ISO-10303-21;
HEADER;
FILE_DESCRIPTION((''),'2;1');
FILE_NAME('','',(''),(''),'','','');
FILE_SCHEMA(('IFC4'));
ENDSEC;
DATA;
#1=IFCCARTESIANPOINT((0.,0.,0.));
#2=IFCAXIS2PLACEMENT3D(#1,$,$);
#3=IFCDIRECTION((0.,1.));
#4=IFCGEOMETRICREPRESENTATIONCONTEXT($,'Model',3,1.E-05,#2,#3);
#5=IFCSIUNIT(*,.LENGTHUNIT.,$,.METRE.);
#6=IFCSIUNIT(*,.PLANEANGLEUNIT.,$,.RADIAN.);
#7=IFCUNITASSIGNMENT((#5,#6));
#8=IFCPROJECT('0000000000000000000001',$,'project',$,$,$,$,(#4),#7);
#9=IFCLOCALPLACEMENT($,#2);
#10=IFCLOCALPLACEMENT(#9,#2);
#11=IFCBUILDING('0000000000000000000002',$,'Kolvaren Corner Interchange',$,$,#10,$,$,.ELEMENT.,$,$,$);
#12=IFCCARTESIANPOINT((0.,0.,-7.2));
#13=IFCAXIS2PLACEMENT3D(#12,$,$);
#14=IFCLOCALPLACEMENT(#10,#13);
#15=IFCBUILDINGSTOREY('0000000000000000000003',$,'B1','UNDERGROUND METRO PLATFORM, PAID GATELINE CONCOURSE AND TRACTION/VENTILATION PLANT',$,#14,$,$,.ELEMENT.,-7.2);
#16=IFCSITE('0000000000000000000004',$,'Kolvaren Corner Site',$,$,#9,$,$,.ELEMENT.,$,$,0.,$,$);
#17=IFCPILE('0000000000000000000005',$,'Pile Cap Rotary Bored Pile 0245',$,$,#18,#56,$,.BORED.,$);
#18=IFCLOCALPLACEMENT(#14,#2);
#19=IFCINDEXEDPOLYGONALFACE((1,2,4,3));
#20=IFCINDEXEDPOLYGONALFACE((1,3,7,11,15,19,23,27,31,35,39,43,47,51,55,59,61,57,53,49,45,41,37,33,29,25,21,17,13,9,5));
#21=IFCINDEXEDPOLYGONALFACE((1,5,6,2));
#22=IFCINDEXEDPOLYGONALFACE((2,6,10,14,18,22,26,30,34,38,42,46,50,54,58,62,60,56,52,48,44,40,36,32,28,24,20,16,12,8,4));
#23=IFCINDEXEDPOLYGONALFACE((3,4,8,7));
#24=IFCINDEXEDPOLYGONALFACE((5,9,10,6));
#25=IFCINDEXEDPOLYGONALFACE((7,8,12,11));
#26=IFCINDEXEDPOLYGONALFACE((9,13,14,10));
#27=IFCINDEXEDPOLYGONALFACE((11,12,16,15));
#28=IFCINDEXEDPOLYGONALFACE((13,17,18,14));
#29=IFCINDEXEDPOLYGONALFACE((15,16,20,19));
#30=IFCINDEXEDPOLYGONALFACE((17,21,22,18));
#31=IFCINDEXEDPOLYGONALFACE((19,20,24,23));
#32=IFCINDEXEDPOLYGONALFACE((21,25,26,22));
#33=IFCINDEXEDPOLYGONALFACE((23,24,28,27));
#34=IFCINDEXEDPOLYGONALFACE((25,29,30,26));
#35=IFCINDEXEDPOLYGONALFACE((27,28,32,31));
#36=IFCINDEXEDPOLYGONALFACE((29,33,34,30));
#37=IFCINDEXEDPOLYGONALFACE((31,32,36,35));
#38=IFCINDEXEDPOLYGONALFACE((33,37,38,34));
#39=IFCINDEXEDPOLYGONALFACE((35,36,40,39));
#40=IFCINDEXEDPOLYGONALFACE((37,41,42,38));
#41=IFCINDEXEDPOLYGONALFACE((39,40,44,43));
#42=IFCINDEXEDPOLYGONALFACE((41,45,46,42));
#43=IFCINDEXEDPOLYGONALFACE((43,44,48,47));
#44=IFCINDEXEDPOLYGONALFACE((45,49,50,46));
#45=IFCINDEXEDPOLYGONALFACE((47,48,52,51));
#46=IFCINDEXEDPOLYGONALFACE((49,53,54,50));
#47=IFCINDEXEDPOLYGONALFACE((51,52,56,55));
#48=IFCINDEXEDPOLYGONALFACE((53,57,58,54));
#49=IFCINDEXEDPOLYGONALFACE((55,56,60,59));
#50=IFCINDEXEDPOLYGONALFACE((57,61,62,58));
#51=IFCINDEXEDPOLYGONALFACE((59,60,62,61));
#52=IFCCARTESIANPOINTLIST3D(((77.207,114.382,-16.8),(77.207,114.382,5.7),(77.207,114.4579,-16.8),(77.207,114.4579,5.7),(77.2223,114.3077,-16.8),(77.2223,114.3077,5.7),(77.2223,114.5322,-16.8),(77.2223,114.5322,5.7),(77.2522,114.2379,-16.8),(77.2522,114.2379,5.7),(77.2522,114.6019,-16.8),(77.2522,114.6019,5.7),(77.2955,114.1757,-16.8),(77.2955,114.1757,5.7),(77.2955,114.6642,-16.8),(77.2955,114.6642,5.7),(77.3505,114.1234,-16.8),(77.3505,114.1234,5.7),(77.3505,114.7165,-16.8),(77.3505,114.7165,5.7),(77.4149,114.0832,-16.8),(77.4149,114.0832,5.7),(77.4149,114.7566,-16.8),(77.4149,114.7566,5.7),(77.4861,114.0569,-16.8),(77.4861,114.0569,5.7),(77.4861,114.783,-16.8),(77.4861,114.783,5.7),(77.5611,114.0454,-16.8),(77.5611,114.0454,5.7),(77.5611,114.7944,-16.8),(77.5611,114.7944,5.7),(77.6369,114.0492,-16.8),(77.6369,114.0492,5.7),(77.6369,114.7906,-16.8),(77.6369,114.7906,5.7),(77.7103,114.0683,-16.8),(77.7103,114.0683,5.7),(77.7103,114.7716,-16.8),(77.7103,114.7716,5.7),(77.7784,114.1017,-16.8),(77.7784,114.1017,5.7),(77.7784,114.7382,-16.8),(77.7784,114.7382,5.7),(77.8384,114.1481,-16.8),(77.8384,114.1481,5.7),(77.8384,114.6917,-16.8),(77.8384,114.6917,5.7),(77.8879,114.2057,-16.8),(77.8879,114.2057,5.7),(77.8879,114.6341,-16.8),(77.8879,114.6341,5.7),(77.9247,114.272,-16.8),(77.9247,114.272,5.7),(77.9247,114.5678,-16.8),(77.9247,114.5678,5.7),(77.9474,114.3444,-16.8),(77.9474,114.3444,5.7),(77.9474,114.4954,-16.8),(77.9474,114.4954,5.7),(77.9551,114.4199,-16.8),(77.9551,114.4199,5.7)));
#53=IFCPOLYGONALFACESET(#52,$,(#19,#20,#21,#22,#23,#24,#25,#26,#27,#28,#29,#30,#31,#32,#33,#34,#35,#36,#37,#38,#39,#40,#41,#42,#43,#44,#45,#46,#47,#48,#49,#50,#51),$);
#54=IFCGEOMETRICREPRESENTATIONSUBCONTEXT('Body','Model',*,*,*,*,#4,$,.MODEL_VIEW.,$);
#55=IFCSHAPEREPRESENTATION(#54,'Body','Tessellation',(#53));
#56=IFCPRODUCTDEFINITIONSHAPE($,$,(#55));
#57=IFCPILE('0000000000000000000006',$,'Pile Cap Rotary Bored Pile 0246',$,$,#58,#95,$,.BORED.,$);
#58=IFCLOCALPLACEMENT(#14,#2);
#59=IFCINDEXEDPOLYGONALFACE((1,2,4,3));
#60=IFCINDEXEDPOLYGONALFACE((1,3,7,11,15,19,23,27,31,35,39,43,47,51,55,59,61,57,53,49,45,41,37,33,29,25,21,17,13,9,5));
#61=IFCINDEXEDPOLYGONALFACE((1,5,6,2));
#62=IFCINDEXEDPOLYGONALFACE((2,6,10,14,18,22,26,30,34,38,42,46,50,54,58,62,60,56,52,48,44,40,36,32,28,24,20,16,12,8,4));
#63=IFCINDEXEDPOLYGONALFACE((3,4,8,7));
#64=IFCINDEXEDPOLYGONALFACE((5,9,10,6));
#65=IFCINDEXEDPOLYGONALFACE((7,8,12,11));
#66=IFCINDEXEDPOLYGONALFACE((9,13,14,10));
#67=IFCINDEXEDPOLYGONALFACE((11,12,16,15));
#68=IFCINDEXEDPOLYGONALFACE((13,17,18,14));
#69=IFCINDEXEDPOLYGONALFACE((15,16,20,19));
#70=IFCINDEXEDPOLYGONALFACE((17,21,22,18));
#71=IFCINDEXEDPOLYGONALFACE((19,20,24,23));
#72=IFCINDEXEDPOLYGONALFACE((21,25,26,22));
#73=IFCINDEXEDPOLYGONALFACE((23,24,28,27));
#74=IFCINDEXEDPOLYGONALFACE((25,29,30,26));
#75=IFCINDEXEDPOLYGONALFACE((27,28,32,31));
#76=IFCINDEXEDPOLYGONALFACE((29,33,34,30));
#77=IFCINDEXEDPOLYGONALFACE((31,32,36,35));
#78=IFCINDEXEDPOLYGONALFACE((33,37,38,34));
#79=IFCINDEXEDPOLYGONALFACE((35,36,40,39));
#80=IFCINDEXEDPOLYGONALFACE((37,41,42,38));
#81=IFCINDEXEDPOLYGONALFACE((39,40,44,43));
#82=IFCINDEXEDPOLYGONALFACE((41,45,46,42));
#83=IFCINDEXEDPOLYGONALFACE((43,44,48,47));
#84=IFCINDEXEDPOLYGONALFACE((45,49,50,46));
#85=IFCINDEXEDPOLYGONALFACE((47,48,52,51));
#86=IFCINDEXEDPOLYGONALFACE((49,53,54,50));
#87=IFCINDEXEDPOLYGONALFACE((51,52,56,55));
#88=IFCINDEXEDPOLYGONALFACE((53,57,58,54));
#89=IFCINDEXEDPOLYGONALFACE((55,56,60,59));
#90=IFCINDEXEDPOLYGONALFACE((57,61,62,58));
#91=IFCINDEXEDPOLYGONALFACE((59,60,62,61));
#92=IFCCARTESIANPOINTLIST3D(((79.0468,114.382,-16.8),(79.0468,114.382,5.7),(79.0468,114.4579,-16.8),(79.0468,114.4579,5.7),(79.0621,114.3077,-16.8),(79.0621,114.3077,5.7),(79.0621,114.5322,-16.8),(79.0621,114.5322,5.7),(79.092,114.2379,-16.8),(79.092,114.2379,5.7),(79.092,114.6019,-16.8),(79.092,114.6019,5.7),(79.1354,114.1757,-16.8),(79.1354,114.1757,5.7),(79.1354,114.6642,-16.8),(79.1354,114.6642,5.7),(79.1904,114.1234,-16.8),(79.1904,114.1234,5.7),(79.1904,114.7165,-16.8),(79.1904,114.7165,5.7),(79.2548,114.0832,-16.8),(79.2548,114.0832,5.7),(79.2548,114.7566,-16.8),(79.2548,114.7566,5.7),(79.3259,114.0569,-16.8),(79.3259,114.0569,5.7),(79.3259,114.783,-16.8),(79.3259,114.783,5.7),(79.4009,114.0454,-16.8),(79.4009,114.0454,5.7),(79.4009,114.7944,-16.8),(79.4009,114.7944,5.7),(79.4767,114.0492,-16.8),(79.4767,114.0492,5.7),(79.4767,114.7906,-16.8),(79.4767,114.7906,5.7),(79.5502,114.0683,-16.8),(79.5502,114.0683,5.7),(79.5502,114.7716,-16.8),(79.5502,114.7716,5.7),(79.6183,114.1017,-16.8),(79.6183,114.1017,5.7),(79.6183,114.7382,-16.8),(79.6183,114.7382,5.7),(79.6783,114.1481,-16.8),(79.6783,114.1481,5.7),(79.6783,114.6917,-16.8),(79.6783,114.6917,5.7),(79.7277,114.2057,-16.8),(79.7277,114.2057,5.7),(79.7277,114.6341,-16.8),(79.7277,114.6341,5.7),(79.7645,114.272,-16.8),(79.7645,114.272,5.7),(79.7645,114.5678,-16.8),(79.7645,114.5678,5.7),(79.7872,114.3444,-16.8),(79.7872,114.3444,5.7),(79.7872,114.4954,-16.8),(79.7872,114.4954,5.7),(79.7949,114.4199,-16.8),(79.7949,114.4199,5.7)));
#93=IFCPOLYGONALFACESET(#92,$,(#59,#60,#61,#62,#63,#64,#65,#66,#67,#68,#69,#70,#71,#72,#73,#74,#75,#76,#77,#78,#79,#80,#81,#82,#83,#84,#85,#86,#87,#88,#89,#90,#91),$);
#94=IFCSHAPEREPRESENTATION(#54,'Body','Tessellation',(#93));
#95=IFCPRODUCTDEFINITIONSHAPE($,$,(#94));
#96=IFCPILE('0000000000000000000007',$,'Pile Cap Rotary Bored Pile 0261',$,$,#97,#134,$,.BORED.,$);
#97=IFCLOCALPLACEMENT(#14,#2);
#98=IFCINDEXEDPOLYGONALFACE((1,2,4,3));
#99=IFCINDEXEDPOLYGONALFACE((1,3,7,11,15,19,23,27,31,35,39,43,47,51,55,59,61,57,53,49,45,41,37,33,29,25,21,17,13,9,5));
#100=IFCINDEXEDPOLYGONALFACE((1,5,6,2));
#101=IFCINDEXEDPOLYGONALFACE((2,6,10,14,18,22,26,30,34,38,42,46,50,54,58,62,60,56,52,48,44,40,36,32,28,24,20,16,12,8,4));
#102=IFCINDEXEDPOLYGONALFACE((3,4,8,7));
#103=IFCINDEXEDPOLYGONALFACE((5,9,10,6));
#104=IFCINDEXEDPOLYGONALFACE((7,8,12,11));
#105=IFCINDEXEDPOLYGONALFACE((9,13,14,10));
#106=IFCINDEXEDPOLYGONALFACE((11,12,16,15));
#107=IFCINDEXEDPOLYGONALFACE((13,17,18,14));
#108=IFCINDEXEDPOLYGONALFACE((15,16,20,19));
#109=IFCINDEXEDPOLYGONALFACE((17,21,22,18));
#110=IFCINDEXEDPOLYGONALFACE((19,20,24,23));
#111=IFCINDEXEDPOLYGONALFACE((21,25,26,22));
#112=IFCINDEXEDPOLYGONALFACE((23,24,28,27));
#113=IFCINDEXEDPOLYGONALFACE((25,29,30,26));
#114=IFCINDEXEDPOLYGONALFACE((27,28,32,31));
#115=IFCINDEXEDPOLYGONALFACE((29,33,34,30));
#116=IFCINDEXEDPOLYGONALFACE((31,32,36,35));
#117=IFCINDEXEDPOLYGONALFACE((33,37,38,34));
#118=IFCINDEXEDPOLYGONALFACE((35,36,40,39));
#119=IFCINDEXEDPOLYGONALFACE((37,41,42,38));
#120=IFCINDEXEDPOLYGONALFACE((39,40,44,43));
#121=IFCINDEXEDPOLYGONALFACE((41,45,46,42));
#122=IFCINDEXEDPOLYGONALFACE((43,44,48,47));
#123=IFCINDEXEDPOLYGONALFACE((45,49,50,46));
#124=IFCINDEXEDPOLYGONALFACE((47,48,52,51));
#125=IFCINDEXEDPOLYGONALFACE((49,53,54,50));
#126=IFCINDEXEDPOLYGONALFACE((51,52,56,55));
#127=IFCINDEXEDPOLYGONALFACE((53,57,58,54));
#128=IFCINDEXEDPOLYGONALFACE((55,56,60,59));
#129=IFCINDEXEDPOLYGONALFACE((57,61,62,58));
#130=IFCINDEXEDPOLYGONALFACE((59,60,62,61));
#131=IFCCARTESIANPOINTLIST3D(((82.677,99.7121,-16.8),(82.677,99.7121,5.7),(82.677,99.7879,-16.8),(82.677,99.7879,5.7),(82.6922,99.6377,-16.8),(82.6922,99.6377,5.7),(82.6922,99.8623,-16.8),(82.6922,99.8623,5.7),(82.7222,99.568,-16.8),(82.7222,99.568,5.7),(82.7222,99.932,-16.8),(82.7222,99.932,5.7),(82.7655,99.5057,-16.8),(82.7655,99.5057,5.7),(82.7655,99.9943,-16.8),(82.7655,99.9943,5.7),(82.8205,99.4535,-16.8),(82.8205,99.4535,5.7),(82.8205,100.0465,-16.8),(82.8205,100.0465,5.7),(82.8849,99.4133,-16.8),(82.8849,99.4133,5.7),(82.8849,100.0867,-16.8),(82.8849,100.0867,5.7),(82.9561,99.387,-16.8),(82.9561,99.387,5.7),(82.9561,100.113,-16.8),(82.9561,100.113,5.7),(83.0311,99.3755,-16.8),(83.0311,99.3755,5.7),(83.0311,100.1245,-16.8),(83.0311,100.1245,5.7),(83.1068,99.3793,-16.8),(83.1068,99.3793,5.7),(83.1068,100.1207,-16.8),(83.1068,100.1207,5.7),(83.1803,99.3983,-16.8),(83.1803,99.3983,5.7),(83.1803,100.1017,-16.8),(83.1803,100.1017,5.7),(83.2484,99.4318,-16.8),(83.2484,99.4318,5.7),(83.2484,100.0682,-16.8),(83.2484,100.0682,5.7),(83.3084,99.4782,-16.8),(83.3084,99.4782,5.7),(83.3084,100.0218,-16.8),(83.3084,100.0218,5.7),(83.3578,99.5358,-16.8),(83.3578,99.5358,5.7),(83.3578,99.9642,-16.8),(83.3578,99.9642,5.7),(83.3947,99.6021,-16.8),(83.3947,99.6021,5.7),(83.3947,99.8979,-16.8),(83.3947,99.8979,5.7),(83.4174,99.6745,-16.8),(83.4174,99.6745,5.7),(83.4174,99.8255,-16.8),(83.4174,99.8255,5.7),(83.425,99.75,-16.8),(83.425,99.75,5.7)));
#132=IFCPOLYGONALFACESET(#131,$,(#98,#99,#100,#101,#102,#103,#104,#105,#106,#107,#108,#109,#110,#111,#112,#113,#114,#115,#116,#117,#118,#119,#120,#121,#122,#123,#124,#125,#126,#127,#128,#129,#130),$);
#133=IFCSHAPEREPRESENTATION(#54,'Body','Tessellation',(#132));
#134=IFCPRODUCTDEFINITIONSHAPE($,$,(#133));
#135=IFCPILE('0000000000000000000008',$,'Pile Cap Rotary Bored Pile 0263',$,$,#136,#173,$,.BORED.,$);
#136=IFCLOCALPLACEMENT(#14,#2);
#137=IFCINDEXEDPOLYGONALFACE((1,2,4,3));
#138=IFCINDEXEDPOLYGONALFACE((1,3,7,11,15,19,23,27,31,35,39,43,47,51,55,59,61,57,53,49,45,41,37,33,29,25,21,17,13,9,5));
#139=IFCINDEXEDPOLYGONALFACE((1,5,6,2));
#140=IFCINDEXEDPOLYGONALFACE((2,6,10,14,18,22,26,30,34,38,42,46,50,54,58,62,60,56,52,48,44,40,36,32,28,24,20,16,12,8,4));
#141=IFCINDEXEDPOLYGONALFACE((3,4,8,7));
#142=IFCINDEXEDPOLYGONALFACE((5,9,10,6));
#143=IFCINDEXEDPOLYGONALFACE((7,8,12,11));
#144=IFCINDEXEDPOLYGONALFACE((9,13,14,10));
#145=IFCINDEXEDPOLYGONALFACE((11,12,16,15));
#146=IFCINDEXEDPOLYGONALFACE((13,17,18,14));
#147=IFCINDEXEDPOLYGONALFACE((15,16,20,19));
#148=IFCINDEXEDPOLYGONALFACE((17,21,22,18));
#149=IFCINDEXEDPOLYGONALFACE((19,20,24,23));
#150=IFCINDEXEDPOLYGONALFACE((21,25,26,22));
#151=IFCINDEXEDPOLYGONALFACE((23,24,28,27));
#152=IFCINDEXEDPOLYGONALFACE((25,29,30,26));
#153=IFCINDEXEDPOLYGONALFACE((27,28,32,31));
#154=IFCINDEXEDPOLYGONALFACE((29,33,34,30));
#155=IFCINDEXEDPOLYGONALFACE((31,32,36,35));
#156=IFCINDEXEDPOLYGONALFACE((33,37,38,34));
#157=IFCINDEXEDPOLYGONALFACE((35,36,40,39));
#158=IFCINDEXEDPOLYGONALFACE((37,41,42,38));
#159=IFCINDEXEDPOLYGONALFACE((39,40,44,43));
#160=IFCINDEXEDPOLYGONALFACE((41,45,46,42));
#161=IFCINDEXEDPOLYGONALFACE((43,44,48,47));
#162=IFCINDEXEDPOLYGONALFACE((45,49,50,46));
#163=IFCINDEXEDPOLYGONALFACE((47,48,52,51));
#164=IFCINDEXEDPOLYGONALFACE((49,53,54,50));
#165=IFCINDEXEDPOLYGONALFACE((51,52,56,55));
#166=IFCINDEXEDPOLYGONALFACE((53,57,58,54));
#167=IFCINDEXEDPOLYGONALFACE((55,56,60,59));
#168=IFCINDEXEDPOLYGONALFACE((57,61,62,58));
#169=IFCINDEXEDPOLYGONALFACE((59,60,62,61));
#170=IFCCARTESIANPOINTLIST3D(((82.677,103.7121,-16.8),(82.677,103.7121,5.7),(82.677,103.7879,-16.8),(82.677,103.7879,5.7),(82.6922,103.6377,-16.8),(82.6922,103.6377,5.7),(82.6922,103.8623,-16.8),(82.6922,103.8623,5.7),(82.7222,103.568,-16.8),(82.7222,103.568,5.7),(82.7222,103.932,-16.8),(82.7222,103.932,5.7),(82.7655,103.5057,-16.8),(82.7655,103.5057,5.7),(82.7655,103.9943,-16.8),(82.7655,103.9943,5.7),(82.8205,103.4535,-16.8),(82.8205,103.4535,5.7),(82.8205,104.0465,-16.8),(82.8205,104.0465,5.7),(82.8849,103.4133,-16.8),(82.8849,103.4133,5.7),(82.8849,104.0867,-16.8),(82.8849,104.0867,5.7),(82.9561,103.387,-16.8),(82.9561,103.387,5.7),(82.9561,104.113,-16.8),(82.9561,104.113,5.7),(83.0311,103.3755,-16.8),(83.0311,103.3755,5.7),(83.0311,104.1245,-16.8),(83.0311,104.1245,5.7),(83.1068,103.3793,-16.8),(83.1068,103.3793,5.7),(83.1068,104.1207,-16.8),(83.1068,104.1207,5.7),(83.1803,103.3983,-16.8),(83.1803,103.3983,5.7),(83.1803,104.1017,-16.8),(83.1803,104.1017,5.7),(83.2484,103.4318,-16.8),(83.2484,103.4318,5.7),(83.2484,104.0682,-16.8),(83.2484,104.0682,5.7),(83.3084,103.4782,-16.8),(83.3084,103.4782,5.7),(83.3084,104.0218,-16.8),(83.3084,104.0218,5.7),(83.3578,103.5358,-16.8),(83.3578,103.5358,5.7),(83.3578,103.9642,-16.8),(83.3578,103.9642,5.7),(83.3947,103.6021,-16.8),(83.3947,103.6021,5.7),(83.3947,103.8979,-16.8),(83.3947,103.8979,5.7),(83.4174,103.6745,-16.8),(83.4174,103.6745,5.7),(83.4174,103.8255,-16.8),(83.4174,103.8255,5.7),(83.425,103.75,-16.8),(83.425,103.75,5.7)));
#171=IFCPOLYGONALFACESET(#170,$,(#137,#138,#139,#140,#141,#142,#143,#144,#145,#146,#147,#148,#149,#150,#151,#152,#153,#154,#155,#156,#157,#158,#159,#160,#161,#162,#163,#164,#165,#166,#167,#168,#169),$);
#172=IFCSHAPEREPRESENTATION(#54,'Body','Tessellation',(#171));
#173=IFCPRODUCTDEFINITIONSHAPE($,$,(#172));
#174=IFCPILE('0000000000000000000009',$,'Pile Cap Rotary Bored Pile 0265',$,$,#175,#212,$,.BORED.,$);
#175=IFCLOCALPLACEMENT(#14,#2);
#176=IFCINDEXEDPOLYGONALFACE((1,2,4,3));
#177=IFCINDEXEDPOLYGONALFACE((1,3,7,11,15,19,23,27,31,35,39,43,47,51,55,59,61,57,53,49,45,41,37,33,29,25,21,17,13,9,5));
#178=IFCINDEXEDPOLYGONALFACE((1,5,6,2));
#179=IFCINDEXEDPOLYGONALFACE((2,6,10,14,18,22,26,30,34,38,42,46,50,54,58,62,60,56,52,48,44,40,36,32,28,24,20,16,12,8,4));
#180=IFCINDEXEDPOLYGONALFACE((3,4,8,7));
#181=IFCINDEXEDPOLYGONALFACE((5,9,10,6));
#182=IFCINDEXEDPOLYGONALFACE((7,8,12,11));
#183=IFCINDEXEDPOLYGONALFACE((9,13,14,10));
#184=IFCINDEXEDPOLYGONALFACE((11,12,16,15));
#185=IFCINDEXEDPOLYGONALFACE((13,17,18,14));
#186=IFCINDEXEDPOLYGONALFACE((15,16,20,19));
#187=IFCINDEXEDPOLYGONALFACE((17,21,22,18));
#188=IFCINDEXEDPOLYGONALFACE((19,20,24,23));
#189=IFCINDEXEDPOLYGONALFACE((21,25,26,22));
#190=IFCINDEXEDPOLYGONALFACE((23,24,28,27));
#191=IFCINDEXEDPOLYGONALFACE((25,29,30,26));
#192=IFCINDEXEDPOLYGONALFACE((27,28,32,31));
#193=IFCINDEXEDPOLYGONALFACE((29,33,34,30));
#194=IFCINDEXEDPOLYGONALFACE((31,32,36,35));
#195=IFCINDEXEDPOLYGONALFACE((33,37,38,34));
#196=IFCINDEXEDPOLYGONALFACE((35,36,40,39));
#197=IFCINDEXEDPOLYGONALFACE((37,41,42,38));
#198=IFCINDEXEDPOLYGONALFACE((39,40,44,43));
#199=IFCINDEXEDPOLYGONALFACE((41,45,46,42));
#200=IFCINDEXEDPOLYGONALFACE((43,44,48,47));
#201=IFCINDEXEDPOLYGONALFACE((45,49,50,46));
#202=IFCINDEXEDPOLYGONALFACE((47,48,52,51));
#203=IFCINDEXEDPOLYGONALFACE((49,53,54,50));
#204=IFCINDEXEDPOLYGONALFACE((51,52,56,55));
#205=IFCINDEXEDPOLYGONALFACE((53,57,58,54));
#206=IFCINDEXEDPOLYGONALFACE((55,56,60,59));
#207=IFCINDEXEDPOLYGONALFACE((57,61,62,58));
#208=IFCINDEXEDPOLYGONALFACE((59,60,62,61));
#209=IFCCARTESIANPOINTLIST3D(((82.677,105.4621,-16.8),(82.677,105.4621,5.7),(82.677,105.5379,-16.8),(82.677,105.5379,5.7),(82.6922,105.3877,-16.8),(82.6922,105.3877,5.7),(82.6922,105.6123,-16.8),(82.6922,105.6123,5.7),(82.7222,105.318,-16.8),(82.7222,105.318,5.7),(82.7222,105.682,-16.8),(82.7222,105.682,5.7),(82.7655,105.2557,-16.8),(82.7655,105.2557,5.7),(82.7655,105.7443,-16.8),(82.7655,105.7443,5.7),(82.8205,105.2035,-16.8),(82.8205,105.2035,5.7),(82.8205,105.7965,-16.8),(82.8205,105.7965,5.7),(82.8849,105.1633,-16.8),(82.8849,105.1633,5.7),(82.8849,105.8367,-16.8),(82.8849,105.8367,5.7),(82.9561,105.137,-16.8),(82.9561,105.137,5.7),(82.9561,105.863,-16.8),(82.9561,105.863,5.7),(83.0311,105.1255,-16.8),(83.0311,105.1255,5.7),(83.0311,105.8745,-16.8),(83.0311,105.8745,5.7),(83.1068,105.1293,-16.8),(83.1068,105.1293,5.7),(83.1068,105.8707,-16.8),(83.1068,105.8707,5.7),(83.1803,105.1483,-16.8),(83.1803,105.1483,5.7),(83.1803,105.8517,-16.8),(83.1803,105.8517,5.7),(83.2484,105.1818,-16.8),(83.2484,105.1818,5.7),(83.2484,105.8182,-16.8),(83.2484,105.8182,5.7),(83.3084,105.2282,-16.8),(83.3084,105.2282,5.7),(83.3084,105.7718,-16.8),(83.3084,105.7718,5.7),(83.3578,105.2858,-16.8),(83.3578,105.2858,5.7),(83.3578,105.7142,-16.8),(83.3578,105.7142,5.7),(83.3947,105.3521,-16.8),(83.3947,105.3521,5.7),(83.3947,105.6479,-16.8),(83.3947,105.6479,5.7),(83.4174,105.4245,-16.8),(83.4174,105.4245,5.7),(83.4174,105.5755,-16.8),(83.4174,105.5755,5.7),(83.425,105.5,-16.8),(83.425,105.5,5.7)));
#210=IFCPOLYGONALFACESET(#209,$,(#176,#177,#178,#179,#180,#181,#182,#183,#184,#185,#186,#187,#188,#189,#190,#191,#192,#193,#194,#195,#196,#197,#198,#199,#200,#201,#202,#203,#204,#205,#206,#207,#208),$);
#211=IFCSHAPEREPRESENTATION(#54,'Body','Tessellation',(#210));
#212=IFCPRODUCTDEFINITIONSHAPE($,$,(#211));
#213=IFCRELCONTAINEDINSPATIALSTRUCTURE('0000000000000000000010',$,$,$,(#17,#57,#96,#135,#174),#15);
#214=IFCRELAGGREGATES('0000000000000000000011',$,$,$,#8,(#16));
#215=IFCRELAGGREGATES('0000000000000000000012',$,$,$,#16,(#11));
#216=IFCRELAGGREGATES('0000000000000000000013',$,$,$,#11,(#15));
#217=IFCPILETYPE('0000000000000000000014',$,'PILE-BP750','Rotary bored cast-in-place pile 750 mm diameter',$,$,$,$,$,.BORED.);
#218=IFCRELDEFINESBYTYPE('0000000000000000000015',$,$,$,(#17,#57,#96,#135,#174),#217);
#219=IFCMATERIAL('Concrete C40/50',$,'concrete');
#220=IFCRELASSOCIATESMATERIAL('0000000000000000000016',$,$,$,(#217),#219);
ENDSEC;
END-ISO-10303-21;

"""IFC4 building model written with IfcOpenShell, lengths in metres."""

from ifc_helpers import new_model, si_unit, direction, frame, origin, origin_2d, place, context, subcontext, project, spatial, circle, extrude, material, material_profile, profile_set, type_object, element, save


model = new_model("IFC4")

# Units and contexts
model_context = context("Model", 3, precision=1e-05, world=origin(), true_north=direction((0.0, 1.0)))
body_context = subcontext(model_context, "Body", "Model", "MODEL_VIEW")
ifc_project = project(units=[si_unit("LENGTHUNIT", "METRE"), si_unit("PLANEANGLEUNIT", "RADIAN")], contexts=[model_context])

# Site, building, storey
site_placement = place(None, origin())
site = spatial("IfcSite", under=ifc_project, at=site_placement, Name="Kolvaren Corner Site", CompositionType="ELEMENT", RefElevation=0.0)
building_placement = place(site_placement, origin())
building = spatial("IfcBuilding", under=site, at=building_placement, Name="Kolvaren Corner Interchange", CompositionType="ELEMENT")
storey_placement = place(building_placement, frame((0.0, 0.0, -7.2)))
storey = spatial("IfcBuildingStorey", under=building, at=storey_placement, Name="B1", Description="UNDERGROUND METRO PLATFORM, PAID GATELINE CONCOURSE AND TRACTION/VENTILATION PLANT", CompositionType="ELEMENT", Elevation=-7.2)

# Piles
ifc_material_1 = material(Name="Concrete C40/50", Category="concrete")
ifc_material_profile = material_profile(ifc_material_1, circle(Radius=0.375, at=origin_2d()), Name="BORED PILE 750")
ifc_profile_set = profile_set([ifc_material_profile], Name="Concrete C40/50")
pile_type = type_object("IfcPileType", Name="PILE-BP750", Description="Rotary bored cast-in-place pile 750 mm diameter", PredefinedType="BORED", material=ifc_profile_set)
for number, where, z_axis, x_axis, name in (
    (1, (77.5801, 114.4199, 5.7), (0.0, 0.0, -1.0), (1.0, 0.0, 0.0), "Pile Cap Rotary Bored Pile 0245"),
    (2, (79.4199, 114.4199, 5.7), (0.0, 0.0, -1.0), (1.0, 0.0, 0.0), "Pile Cap Rotary Bored Pile 0246"),
    (3, (83.05, 99.75, 5.7), (0.0, 0.0, -1.0), (1.0, 0.0, 0.0), "Pile Cap Rotary Bored Pile 0261"),
    (4, (83.05, 103.75, 5.7), (0.0, 0.0, -1.0), (1.0, 0.0, 0.0), "Pile Cap Rotary Bored Pile 0263"),
    (5, (83.05, 105.5, 5.7), (0.0, 0.0, -1.0), (1.0, 0.0, 0.0), "Pile Cap Rotary Bored Pile 0265"),
):
    element("IfcPile", number, at=place(storey_placement, frame(where, z_axis=z_axis, x_axis=x_axis)), inside=storey, type_object=pile_type, Name=name, PredefinedType="BORED", context=body_context, shape_type="SweptSolid", body=[
        extrude(circle(Radius=0.375, at=origin_2d()), origin(), (0.0, 0.0, 1.0), 22.5),
    ])

save(model, "model.ifc")
